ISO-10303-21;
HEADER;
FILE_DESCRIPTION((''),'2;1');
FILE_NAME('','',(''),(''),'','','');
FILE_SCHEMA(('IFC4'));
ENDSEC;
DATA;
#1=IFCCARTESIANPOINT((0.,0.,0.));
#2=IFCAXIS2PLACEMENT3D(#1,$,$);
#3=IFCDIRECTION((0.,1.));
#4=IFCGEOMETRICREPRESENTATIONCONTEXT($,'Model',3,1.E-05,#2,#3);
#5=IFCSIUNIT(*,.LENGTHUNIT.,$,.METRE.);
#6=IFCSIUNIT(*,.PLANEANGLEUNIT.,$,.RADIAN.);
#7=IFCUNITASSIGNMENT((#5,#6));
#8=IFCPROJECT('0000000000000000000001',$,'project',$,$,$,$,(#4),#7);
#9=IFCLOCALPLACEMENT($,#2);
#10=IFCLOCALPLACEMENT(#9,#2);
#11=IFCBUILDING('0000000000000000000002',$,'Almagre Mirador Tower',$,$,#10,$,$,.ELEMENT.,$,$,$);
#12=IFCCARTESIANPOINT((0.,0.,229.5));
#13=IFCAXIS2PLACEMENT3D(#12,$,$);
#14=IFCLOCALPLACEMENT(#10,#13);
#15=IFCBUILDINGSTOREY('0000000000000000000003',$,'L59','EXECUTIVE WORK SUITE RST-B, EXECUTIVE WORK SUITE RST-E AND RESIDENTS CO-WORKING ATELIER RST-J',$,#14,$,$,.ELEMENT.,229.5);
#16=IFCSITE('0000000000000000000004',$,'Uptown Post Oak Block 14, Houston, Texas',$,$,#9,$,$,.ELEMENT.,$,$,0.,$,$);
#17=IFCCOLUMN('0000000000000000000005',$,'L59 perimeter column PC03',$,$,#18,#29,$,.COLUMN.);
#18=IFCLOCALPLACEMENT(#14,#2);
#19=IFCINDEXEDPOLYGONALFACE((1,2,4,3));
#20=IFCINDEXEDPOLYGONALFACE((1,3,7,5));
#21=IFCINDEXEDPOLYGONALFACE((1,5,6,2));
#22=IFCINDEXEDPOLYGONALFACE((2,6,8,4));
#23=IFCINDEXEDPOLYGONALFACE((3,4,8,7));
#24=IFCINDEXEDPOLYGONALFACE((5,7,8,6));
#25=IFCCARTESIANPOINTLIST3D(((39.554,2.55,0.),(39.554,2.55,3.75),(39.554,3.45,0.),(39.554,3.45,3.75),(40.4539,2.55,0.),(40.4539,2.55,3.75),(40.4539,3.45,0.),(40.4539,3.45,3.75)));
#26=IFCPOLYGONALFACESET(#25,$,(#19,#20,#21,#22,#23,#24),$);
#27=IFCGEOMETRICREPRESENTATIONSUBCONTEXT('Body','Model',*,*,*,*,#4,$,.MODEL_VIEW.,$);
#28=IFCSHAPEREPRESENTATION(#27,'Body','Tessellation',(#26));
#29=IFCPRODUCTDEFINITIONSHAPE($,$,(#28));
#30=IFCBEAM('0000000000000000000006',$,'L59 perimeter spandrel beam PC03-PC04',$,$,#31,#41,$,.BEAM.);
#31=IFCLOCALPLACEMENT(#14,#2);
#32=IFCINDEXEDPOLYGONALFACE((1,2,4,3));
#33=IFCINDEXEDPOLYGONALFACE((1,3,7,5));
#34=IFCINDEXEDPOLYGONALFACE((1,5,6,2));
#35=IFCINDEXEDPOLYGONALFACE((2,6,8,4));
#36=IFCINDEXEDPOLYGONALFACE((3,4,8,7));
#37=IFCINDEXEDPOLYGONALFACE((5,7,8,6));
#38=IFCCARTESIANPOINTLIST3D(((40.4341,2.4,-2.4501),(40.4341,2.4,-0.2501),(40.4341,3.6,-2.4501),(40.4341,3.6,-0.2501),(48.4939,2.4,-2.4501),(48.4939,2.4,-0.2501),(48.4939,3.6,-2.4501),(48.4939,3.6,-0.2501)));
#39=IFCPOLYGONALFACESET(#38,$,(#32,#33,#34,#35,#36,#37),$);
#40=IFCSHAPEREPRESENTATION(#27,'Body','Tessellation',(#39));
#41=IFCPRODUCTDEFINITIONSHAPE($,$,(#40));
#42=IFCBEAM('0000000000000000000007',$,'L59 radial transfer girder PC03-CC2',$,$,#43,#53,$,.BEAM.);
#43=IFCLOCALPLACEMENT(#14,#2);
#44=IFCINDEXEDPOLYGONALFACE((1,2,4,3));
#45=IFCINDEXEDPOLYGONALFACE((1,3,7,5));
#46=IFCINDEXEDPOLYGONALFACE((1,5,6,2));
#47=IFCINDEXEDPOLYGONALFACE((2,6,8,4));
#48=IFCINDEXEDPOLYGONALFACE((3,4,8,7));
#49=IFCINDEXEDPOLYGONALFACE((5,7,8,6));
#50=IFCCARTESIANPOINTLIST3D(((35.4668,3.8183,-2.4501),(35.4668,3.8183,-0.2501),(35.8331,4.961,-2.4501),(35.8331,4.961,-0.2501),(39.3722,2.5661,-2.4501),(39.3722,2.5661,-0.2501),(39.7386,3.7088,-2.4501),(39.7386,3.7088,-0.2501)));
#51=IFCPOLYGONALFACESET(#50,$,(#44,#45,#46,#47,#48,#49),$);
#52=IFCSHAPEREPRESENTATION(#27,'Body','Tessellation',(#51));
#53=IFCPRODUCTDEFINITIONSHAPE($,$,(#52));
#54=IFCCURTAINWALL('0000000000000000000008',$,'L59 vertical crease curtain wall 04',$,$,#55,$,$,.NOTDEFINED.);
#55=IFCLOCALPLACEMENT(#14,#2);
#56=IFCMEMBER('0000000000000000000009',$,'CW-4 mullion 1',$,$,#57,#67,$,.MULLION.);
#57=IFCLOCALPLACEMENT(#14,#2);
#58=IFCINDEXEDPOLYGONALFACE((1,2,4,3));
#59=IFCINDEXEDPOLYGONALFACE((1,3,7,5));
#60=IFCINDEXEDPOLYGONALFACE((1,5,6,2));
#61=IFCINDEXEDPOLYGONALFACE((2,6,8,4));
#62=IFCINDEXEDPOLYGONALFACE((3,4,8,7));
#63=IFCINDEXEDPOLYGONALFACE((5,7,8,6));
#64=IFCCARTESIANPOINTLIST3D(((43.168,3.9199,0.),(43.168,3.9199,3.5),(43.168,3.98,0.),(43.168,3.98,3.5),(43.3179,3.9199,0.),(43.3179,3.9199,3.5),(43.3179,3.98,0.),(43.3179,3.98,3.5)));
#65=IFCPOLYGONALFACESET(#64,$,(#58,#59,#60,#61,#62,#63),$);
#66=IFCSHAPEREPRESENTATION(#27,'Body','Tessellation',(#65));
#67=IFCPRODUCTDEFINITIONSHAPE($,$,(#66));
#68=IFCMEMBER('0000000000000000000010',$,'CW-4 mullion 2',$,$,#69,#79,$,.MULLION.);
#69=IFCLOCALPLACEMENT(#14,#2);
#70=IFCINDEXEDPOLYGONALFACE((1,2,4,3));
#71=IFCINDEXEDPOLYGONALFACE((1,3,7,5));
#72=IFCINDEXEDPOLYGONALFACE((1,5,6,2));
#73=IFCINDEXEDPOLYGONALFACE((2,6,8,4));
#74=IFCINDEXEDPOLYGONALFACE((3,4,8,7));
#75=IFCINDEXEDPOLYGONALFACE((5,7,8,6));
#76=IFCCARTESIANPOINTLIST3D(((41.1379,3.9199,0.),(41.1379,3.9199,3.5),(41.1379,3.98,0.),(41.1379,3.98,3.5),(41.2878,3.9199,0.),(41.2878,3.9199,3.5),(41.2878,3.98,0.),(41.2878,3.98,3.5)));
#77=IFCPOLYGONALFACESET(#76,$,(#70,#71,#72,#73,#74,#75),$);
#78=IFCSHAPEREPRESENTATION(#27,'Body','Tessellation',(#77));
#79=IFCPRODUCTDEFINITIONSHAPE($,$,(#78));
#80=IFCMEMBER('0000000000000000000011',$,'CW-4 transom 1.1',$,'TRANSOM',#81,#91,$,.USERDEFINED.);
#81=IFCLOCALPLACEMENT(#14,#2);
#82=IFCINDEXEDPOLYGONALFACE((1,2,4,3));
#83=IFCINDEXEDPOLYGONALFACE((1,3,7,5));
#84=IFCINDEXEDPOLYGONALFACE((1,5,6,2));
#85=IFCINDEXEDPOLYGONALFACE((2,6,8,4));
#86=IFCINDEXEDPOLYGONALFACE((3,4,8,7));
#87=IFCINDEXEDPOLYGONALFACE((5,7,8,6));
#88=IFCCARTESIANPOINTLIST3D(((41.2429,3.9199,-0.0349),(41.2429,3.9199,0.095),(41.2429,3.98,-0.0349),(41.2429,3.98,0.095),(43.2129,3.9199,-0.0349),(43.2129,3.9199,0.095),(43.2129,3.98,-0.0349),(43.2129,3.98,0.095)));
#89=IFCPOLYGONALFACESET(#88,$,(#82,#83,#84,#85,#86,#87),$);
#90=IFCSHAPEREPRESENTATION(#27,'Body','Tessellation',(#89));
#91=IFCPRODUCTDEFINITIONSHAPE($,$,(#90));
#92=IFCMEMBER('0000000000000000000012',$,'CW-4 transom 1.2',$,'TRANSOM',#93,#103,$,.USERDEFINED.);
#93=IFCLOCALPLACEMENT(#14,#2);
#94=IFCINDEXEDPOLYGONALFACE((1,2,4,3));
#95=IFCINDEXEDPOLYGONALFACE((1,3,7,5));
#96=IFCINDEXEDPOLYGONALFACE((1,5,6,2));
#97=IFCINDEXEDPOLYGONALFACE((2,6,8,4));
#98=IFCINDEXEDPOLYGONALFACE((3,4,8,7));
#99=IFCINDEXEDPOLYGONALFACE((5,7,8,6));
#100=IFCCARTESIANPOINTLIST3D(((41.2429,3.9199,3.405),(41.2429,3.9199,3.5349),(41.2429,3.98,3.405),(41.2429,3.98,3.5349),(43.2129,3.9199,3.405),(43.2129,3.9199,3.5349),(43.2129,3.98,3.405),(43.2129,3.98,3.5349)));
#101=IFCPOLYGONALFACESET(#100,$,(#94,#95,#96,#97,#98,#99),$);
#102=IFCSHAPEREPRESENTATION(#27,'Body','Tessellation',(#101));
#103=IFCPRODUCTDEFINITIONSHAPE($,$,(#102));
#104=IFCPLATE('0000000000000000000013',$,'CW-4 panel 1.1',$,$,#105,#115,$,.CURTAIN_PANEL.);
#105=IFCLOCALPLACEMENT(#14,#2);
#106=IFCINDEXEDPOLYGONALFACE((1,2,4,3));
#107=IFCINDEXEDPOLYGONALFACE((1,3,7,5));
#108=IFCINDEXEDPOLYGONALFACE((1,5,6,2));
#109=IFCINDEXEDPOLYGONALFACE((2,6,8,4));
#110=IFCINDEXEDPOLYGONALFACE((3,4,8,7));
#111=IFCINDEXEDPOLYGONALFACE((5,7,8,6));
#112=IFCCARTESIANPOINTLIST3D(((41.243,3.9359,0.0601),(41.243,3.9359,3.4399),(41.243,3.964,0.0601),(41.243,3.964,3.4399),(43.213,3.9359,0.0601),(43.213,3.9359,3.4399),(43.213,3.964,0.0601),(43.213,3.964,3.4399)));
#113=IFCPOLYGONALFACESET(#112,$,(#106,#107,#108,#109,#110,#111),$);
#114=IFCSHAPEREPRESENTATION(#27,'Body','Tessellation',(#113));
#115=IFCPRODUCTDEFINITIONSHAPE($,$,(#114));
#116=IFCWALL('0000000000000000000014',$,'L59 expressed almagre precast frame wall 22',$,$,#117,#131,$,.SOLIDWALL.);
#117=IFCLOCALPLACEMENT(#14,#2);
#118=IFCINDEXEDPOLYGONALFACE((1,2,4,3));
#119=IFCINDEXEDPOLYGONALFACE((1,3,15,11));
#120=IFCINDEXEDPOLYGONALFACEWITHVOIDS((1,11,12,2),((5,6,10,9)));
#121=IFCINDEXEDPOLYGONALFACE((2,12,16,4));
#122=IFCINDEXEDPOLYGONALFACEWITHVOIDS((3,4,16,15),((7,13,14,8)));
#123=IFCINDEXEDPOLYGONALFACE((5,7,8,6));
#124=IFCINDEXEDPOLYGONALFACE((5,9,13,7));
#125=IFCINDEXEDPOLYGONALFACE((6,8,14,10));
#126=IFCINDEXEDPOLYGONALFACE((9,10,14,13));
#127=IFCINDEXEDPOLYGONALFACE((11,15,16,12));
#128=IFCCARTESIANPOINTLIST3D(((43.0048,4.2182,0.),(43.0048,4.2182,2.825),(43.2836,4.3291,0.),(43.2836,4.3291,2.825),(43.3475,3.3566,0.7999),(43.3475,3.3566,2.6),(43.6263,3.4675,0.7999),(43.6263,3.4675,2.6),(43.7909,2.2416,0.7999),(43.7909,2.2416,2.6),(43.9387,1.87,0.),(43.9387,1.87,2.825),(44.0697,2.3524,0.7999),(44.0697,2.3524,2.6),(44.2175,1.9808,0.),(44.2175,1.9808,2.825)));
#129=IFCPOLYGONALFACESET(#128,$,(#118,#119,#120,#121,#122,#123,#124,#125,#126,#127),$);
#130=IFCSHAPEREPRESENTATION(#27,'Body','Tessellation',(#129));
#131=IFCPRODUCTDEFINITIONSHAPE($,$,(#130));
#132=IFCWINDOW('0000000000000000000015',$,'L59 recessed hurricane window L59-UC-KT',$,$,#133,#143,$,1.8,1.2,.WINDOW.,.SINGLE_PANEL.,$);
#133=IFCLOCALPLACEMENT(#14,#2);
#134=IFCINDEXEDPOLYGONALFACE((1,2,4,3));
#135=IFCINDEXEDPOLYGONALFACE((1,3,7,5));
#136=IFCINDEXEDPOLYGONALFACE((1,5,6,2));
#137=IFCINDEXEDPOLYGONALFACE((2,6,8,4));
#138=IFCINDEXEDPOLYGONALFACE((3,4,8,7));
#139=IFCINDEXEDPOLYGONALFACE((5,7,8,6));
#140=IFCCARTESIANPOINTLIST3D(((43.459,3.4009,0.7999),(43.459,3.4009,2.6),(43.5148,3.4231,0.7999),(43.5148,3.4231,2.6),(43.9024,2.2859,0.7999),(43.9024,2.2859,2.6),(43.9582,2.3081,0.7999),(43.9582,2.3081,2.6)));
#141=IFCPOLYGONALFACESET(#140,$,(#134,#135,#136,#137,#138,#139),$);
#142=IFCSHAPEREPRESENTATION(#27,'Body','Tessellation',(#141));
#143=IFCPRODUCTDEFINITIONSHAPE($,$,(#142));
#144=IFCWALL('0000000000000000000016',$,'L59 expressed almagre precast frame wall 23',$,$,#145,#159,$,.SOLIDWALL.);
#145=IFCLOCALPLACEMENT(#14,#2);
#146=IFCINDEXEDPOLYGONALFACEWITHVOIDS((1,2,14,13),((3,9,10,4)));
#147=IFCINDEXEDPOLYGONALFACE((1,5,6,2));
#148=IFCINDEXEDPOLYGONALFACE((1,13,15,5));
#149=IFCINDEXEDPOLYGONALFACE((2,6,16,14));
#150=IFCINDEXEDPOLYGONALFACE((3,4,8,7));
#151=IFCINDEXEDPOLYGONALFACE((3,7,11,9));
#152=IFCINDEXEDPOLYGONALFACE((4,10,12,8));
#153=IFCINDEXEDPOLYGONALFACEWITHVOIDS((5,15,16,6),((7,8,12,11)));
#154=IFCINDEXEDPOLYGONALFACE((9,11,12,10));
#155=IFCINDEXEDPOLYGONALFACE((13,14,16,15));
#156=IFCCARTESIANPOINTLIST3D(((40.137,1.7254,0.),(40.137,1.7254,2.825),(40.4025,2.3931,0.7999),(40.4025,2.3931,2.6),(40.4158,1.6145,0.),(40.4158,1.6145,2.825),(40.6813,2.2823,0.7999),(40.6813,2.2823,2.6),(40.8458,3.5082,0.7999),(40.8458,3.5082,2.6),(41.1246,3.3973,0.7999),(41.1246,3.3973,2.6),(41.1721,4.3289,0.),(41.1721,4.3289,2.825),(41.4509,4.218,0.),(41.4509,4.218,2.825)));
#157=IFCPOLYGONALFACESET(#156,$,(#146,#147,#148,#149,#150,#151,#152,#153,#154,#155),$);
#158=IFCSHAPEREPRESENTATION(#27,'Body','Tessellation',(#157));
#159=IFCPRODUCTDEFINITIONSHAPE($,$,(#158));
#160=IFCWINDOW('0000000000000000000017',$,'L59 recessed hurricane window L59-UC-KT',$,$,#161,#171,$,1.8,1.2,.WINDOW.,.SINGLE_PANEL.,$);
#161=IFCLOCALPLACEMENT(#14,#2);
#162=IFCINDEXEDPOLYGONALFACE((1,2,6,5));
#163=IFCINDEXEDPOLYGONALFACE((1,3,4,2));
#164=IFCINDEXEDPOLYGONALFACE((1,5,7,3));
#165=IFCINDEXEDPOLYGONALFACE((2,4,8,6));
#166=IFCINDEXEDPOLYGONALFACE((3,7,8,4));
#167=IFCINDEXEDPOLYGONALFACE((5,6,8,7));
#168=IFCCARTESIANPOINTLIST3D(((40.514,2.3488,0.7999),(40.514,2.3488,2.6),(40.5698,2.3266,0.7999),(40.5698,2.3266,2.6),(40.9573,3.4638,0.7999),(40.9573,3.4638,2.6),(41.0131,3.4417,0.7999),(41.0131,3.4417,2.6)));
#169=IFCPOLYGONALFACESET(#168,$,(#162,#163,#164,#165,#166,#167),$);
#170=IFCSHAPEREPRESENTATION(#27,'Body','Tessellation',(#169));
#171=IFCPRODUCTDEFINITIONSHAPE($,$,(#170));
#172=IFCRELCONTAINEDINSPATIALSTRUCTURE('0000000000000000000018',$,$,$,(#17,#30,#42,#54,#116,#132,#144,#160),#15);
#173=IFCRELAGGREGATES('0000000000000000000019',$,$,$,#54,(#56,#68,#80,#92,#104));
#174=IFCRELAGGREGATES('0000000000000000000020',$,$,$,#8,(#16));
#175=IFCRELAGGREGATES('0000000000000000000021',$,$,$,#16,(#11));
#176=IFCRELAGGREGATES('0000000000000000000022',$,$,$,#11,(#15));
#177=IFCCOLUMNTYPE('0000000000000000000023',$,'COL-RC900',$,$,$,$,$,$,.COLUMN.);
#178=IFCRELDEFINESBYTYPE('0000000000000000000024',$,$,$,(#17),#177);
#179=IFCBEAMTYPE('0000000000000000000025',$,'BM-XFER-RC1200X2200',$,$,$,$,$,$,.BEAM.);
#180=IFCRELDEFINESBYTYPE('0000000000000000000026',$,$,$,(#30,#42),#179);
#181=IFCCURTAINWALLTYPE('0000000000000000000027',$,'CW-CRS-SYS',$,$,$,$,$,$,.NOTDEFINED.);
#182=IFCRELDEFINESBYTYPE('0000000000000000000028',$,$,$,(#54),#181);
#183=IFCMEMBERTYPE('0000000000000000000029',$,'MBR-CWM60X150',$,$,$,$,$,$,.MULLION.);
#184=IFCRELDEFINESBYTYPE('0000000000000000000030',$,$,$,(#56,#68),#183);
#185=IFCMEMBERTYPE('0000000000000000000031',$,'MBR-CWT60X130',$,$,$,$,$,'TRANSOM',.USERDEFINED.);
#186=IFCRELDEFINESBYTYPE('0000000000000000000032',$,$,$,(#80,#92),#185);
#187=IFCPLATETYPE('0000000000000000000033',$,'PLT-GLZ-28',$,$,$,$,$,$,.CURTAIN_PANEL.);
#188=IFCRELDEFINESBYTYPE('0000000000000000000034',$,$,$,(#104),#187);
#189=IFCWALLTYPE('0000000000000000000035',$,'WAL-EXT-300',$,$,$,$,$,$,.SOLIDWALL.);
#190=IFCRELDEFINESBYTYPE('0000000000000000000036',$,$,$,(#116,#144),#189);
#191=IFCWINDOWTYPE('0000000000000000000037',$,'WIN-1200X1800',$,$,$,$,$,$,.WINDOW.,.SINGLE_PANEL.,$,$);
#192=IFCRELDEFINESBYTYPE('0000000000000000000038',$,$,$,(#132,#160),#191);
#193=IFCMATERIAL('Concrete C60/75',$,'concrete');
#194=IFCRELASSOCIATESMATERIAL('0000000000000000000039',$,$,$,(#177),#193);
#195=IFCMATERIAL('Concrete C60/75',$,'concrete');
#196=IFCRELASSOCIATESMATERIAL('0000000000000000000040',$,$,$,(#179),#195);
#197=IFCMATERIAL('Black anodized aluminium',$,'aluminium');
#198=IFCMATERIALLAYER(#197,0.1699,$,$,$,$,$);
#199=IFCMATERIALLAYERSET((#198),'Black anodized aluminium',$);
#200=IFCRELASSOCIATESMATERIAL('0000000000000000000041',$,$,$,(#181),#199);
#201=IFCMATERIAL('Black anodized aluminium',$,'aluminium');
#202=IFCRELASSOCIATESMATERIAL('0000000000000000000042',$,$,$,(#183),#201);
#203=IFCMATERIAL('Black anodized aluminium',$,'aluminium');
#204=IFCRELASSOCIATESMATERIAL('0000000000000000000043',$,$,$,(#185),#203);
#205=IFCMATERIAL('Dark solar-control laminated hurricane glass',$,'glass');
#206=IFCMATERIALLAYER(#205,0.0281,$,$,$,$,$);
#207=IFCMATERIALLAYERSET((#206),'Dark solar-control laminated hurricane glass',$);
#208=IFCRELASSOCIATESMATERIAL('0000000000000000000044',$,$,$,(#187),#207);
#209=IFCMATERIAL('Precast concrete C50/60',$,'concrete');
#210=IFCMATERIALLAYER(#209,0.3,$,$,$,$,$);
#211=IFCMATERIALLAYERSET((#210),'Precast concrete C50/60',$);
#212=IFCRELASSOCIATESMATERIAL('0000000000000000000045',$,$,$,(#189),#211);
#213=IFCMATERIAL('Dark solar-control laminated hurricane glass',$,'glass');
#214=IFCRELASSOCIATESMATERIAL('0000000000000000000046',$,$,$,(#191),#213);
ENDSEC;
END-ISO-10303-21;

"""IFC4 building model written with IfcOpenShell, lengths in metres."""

from ifc_helpers import new_model, si_unit, direction, frame, frame_2d, origin, origin_2d, place, context, subcontext, project, spatial, rectangle, extrude, material, layer, layer_set, material_profile, profile_set, type_object, element, fill, aggregate, save


model = new_model("IFC4")

# Units and contexts
model_context = context("Model", 3, precision=1e-05, world=origin(), true_north=direction((0.0, 1.0)))
body_context = subcontext(model_context, "Body", "Model", "MODEL_VIEW")
ifc_project = project(units=[si_unit("LENGTHUNIT", "METRE"), si_unit("PLANEANGLEUNIT", "RADIAN")], contexts=[model_context])

# Site, building, storey
site_placement = place(None, origin())
site = spatial("IfcSite", under=ifc_project, at=site_placement, Name="Uptown Post Oak Block 14, Houston, Texas", CompositionType="ELEMENT", RefElevation=0.0)
building_placement = place(site_placement, origin())
building = spatial("IfcBuilding", under=site, at=building_placement, Name="Almagre Mirador Tower", CompositionType="ELEMENT")
storey_placement = place(building_placement, frame((0.0, 0.0, 229.5)))
storey = spatial("IfcBuildingStorey", under=building, at=storey_placement, Name="L59", Description="EXECUTIVE WORK SUITE RST-B, EXECUTIVE WORK SUITE RST-E AND RESIDENTS CO-WORKING ATELIER RST-J", CompositionType="ELEMENT", Elevation=229.5)

# Column
ifc_material_1 = material(Name="Concrete C60/75", Category="concrete")
ifc_material_profile_1 = material_profile(ifc_material_1, rectangle(XDim=0.8999, YDim=0.8999, at=origin_2d()), Name="RC900X900")
ifc_profile_set_1 = profile_set([ifc_material_profile_1], Name="Concrete C60/75")
column_type = type_object("IfcColumnType", Name="COL-RC900", PredefinedType="COLUMN", material=ifc_profile_set_1)
column_placement = place(storey_placement, frame((40.0039, 3.0, 0.0), z_axis=(0.0, 0.0, 1.0), x_axis=(1.0, 0.0, 0.0)))
element("IfcColumn", 1, at=column_placement, inside=storey, type_object=column_type, Name="L59 perimeter column PC03", PredefinedType="COLUMN", context=body_context, shape_type="SweptSolid", body=[
    extrude(rectangle(XDim=0.8999, YDim=0.8999, at=origin_2d()), origin(), (0.0, 0.0, 1.0), 3.75),
])

# Beams
ifc_material_2 = material(Name="Concrete C60/75", Category="concrete")
ifc_material_profile_2 = material_profile(ifc_material_2, rectangle(XDim=1.2, YDim=2.2, at=origin_2d()), Name="RC1200X2200")
ifc_profile_set_2 = profile_set([ifc_material_profile_2], Name="Concrete C60/75")
beam_type = type_object("IfcBeamType", Name="BM-XFER-RC1200X2200", PredefinedType="BEAM", material=ifc_profile_set_2)
beam_1_placement = place(storey_placement, frame((40.4341, 3.0, -1.3501), z_axis=(1.0, 0.0, 0.0), x_axis=(0.0, 1.0, 0.0)))
element("IfcBeam", 2, at=beam_1_placement, inside=storey, type_object=beam_type, Name="L59 perimeter spandrel beam PC03-PC04", PredefinedType="BEAM", context=body_context, shape_type="SweptSolid", body=[
    extrude(rectangle(XDim=1.2, YDim=2.2, at=origin_2d()), origin(), (0.0, 0.0, 1.0), 8.0598),
])
beam_2_placement = place(storey_placement, frame((39.5554, 3.1375, -1.3501), z_axis=(-0.952252, 0.305313, 0.0), x_axis=(-0.305313, -0.952252, 0.0)))
element("IfcBeam", 3, at=beam_2_placement, inside=storey, type_object=beam_type, Name="L59 radial transfer girder PC03-CC2", PredefinedType="BEAM", context=body_context, shape_type="SweptSolid", body=[
    extrude(rectangle(XDim=1.2, YDim=2.2, at=origin_2d()), origin(), (0.0, 0.0, 1.0), 4.1013),
])

# Curtain wall, members, plate
ifc_material_3 = material(Name="Black anodized aluminium", Category="aluminium")
ifc_layer_1 = layer(ifc_material_3, 0.1699)
ifc_layer_set_1 = layer_set([ifc_layer_1], Name="Black anodized aluminium")
curtain_wall_type = type_object("IfcCurtainWallType", Name="CW-CRS-SYS", PredefinedType="NOTDEFINED", material=ifc_layer_set_1)
curtain_wall_placement = place(storey_placement, origin())
curtain_wall = element("IfcCurtainWall", 4, at=curtain_wall_placement, inside=storey, type_object=curtain_wall_type, Name="L59 vertical crease curtain wall 04", PredefinedType="NOTDEFINED")
ifc_material_4 = material(Name="Black anodized aluminium", Category="aluminium")
ifc_material_profile_3 = material_profile(ifc_material_4, rectangle(XDim=0.0601, YDim=0.1499, at=origin_2d()), Name="CWM60X150")
ifc_profile_set_3 = profile_set([ifc_material_profile_3], Name="Black anodized aluminium")
member_type_1 = type_object("IfcMemberType", Name="MBR-CWM60X150", PredefinedType="MULLION", material=ifc_profile_set_3)
member_1_placement = place(storey_placement, frame((43.2429, 3.95, 0.0), z_axis=(0.0, 0.0, 1.0), x_axis=(0.0, -1.0, 0.0)))
member_1 = element("IfcMember", 5, at=member_1_placement, type_object=member_type_1, Name="CW-4 mullion 1", PredefinedType="MULLION", context=body_context, shape_type="SweptSolid", body=[
    extrude(rectangle(XDim=0.0601, YDim=0.1499, at=origin_2d()), origin(), (0.0, 0.0, 1.0), 3.5),
])
member_2_placement = place(storey_placement, frame((41.2129, 3.95, 0.0), z_axis=(0.0, 0.0, 1.0), x_axis=(0.0, -1.0, 0.0)))
member_2 = element("IfcMember", 6, at=member_2_placement, type_object=member_type_1, Name="CW-4 mullion 2", PredefinedType="MULLION", context=body_context, shape_type="SweptSolid", body=[
    extrude(rectangle(XDim=0.0601, YDim=0.1499, at=origin_2d()), origin(), (0.0, 0.0, 1.0), 3.5),
])
ifc_material_5 = material(Name="Black anodized aluminium", Category="aluminium")
ifc_material_profile_4 = material_profile(ifc_material_5, rectangle(XDim=0.0601, YDim=0.1299, at=origin_2d()), Name="CWT60X130")
ifc_profile_set_4 = profile_set([ifc_material_profile_4], Name="Black anodized aluminium")
member_type_2 = type_object("IfcMemberType", Name="MBR-CWT60X130", ElementType="TRANSOM", PredefinedType="USERDEFINED", material=ifc_profile_set_4)
member_3_placement = place(storey_placement, frame((43.2129, 3.95, 0.03), z_axis=(-1.0, 0.0, 0.0), x_axis=(0.0, -1.0, 0.0)))
member_3 = element("IfcMember", 7, at=member_3_placement, type_object=member_type_2, Name="CW-4 transom 1.1", ObjectType="TRANSOM", PredefinedType="USERDEFINED", context=body_context, shape_type="SweptSolid", body=[
    extrude(rectangle(XDim=0.0601, YDim=0.1299, at=origin_2d()), origin(), (0.0, 0.0, 1.0), 1.97),
])
member_4_placement = place(storey_placement, frame((43.2129, 3.95, 3.47), z_axis=(-1.0, 0.0, 0.0), x_axis=(0.0, -1.0, 0.0)))
member_4 = element("IfcMember", 8, at=member_4_placement, type_object=member_type_2, Name="CW-4 transom 1.2", ObjectType="TRANSOM", PredefinedType="USERDEFINED", context=body_context, shape_type="SweptSolid", body=[
    extrude(rectangle(XDim=0.0601, YDim=0.1299, at=origin_2d()), origin(), (0.0, 0.0, 1.0), 1.97),
])
ifc_material_6 = material(Name="Dark solar-control laminated hurricane glass", Category="glass")
ifc_layer_2 = layer(ifc_material_6, 0.0281)
ifc_layer_set_2 = layer_set([ifc_layer_2], Name="Dark solar-control laminated hurricane glass")
plate_type = type_object("IfcPlateType", Name="PLT-GLZ-28", PredefinedType="CURTAIN_PANEL", material=ifc_layer_set_2)
plate_placement = place(storey_placement, frame((42.228, 3.95, 0.0601), z_axis=(0.0, 0.0, 1.0), x_axis=(-1.0, 0.0, 0.0)))
plate = element("IfcPlate", 9, at=plate_placement, type_object=plate_type, Name="CW-4 panel 1.1", PredefinedType="CURTAIN_PANEL", context=body_context, shape_type="SweptSolid", body=[
    extrude(rectangle(XDim=1.97, YDim=0.0281, at=origin_2d()), origin(), (0.0, 0.0, 1.0), 3.3799),
])
aggregate(curtain_wall, [member_1, member_2, member_3, member_4, plate])

# Walls, openings, windows
ifc_material_7 = material(Name="Precast concrete C50/60", Category="concrete")
ifc_layer_3 = layer(ifc_material_7, 0.3)
ifc_layer_set_3 = layer_set([ifc_layer_3], Name="Precast concrete C50/60")
wall_type_1 = type_object("IfcWallType", Name="WAL-EXT-300", PredefinedType="SOLIDWALL", material=ifc_layer_set_3)
wall_1_placement = place(storey_placement, frame((44.0781, 1.9253, 0.0), z_axis=(0.0, 0.0, 1.0), x_axis=(-0.369541, 0.929214, 0.0)))
wall_1 = element("IfcWall", 10, at=wall_1_placement, inside=storey, type_object=wall_type_1, Name="L59 expressed almagre precast frame wall 22", PredefinedType="SOLIDWALL", context=body_context, shape_type="SweptSolid", body=[
    extrude(rectangle(XDim=2.5271, YDim=0.3, at=frame_2d((1.2637, 0.0))), origin(), (0.0, 0.0, 1.0), 2.825),
])
opening_1_placement = place(wall_1_placement, frame((0.3999, 0.0, 0.8)))
opening_1 = element("IfcOpeningElement", 11, at=opening_1_placement, cuts=wall_1, PredefinedType="OPENING", context=body_context, shape_type="SweptSolid", body=[
    extrude(rectangle(XDim=1.2, YDim=1.8, at=frame_2d((0.6001, 0.8999))), frame((0.0, 0.1599, 0.0), z_axis=(0.0, -1.0, 0.0), x_axis=(1.0, 0.0, 0.0)), (0.0, 0.0, 1.0), 0.32),
])
ifc_material_8 = material(Name="Dark solar-control laminated hurricane glass", Category="glass")
window_type = type_object("IfcWindowType", Name="WIN-1200X1800", PartitioningType="SINGLE_PANEL", PredefinedType="WINDOW", material=ifc_material_8)
window_1_placement = place(opening_1_placement, origin())
window_1 = element("IfcWindow", 12, at=window_1_placement, inside=storey, type_object=window_type, Name="L59 recessed hurricane window L59-UC-KT", OverallHeight=1.8, OverallWidth=1.2, PartitioningType="SINGLE_PANEL", PredefinedType="WINDOW", context=body_context, shape_type="SweptSolid", body=[
    extrude(rectangle(XDim=1.2, YDim=1.8, at=frame_2d((0.6001, 0.8999))), frame((0.0, 0.03, 0.0), z_axis=(0.0, -1.0, 0.0), x_axis=(1.0, 0.0, 0.0)), (0.0, 0.0, 1.0), 0.0601),
])
fill(opening_1, window_1)
wall_2_placement = place(storey_placement, frame((41.3115, 4.2734, 0.0), z_axis=(0.0, 0.0, 1.0), x_axis=(-0.369467, -0.929244, 0.0)))
wall_2 = element("IfcWall", 13, at=wall_2_placement, inside=storey, type_object=wall_type_1, Name="L59 expressed almagre precast frame wall 23", PredefinedType="SOLIDWALL", context=body_context, shape_type="SweptSolid", body=[
    extrude(rectangle(XDim=2.8018, YDim=0.3, at=frame_2d((1.4009, 0.0))), origin(), (0.0, 0.0, 1.0), 2.825),
])
opening_2_placement = place(wall_2_placement, frame((0.8831, 0.0, 0.8)))
opening_2 = element("IfcOpeningElement", 14, at=opening_2_placement, cuts=wall_2, PredefinedType="OPENING", context=body_context, shape_type="SweptSolid", body=[
    extrude(rectangle(XDim=1.2, YDim=1.8, at=frame_2d((0.6001, 0.8999))), frame((0.0, 0.1599, 0.0), z_axis=(0.0, -1.0, 0.0), x_axis=(1.0, 0.0, 0.0)), (0.0, 0.0, 1.0), 0.32),
])
window_2_placement = place(opening_2_placement, origin())
window_2 = element("IfcWindow", 15, at=window_2_placement, inside=storey, type_object=window_type, Name="L59 recessed hurricane window L59-UC-KT", OverallHeight=1.8, OverallWidth=1.2, PartitioningType="SINGLE_PANEL", PredefinedType="WINDOW", context=body_context, shape_type="SweptSolid", body=[
    extrude(rectangle(XDim=1.2, YDim=1.8, at=frame_2d((0.6001, 0.8999))), frame((0.0, 0.03, 0.0), z_axis=(0.0, -1.0, 0.0), x_axis=(1.0, 0.0, 0.0)), (0.0, 0.0, 1.0), 0.0601),
])
fill(opening_2, window_2)

save(model, "model.ifc")
